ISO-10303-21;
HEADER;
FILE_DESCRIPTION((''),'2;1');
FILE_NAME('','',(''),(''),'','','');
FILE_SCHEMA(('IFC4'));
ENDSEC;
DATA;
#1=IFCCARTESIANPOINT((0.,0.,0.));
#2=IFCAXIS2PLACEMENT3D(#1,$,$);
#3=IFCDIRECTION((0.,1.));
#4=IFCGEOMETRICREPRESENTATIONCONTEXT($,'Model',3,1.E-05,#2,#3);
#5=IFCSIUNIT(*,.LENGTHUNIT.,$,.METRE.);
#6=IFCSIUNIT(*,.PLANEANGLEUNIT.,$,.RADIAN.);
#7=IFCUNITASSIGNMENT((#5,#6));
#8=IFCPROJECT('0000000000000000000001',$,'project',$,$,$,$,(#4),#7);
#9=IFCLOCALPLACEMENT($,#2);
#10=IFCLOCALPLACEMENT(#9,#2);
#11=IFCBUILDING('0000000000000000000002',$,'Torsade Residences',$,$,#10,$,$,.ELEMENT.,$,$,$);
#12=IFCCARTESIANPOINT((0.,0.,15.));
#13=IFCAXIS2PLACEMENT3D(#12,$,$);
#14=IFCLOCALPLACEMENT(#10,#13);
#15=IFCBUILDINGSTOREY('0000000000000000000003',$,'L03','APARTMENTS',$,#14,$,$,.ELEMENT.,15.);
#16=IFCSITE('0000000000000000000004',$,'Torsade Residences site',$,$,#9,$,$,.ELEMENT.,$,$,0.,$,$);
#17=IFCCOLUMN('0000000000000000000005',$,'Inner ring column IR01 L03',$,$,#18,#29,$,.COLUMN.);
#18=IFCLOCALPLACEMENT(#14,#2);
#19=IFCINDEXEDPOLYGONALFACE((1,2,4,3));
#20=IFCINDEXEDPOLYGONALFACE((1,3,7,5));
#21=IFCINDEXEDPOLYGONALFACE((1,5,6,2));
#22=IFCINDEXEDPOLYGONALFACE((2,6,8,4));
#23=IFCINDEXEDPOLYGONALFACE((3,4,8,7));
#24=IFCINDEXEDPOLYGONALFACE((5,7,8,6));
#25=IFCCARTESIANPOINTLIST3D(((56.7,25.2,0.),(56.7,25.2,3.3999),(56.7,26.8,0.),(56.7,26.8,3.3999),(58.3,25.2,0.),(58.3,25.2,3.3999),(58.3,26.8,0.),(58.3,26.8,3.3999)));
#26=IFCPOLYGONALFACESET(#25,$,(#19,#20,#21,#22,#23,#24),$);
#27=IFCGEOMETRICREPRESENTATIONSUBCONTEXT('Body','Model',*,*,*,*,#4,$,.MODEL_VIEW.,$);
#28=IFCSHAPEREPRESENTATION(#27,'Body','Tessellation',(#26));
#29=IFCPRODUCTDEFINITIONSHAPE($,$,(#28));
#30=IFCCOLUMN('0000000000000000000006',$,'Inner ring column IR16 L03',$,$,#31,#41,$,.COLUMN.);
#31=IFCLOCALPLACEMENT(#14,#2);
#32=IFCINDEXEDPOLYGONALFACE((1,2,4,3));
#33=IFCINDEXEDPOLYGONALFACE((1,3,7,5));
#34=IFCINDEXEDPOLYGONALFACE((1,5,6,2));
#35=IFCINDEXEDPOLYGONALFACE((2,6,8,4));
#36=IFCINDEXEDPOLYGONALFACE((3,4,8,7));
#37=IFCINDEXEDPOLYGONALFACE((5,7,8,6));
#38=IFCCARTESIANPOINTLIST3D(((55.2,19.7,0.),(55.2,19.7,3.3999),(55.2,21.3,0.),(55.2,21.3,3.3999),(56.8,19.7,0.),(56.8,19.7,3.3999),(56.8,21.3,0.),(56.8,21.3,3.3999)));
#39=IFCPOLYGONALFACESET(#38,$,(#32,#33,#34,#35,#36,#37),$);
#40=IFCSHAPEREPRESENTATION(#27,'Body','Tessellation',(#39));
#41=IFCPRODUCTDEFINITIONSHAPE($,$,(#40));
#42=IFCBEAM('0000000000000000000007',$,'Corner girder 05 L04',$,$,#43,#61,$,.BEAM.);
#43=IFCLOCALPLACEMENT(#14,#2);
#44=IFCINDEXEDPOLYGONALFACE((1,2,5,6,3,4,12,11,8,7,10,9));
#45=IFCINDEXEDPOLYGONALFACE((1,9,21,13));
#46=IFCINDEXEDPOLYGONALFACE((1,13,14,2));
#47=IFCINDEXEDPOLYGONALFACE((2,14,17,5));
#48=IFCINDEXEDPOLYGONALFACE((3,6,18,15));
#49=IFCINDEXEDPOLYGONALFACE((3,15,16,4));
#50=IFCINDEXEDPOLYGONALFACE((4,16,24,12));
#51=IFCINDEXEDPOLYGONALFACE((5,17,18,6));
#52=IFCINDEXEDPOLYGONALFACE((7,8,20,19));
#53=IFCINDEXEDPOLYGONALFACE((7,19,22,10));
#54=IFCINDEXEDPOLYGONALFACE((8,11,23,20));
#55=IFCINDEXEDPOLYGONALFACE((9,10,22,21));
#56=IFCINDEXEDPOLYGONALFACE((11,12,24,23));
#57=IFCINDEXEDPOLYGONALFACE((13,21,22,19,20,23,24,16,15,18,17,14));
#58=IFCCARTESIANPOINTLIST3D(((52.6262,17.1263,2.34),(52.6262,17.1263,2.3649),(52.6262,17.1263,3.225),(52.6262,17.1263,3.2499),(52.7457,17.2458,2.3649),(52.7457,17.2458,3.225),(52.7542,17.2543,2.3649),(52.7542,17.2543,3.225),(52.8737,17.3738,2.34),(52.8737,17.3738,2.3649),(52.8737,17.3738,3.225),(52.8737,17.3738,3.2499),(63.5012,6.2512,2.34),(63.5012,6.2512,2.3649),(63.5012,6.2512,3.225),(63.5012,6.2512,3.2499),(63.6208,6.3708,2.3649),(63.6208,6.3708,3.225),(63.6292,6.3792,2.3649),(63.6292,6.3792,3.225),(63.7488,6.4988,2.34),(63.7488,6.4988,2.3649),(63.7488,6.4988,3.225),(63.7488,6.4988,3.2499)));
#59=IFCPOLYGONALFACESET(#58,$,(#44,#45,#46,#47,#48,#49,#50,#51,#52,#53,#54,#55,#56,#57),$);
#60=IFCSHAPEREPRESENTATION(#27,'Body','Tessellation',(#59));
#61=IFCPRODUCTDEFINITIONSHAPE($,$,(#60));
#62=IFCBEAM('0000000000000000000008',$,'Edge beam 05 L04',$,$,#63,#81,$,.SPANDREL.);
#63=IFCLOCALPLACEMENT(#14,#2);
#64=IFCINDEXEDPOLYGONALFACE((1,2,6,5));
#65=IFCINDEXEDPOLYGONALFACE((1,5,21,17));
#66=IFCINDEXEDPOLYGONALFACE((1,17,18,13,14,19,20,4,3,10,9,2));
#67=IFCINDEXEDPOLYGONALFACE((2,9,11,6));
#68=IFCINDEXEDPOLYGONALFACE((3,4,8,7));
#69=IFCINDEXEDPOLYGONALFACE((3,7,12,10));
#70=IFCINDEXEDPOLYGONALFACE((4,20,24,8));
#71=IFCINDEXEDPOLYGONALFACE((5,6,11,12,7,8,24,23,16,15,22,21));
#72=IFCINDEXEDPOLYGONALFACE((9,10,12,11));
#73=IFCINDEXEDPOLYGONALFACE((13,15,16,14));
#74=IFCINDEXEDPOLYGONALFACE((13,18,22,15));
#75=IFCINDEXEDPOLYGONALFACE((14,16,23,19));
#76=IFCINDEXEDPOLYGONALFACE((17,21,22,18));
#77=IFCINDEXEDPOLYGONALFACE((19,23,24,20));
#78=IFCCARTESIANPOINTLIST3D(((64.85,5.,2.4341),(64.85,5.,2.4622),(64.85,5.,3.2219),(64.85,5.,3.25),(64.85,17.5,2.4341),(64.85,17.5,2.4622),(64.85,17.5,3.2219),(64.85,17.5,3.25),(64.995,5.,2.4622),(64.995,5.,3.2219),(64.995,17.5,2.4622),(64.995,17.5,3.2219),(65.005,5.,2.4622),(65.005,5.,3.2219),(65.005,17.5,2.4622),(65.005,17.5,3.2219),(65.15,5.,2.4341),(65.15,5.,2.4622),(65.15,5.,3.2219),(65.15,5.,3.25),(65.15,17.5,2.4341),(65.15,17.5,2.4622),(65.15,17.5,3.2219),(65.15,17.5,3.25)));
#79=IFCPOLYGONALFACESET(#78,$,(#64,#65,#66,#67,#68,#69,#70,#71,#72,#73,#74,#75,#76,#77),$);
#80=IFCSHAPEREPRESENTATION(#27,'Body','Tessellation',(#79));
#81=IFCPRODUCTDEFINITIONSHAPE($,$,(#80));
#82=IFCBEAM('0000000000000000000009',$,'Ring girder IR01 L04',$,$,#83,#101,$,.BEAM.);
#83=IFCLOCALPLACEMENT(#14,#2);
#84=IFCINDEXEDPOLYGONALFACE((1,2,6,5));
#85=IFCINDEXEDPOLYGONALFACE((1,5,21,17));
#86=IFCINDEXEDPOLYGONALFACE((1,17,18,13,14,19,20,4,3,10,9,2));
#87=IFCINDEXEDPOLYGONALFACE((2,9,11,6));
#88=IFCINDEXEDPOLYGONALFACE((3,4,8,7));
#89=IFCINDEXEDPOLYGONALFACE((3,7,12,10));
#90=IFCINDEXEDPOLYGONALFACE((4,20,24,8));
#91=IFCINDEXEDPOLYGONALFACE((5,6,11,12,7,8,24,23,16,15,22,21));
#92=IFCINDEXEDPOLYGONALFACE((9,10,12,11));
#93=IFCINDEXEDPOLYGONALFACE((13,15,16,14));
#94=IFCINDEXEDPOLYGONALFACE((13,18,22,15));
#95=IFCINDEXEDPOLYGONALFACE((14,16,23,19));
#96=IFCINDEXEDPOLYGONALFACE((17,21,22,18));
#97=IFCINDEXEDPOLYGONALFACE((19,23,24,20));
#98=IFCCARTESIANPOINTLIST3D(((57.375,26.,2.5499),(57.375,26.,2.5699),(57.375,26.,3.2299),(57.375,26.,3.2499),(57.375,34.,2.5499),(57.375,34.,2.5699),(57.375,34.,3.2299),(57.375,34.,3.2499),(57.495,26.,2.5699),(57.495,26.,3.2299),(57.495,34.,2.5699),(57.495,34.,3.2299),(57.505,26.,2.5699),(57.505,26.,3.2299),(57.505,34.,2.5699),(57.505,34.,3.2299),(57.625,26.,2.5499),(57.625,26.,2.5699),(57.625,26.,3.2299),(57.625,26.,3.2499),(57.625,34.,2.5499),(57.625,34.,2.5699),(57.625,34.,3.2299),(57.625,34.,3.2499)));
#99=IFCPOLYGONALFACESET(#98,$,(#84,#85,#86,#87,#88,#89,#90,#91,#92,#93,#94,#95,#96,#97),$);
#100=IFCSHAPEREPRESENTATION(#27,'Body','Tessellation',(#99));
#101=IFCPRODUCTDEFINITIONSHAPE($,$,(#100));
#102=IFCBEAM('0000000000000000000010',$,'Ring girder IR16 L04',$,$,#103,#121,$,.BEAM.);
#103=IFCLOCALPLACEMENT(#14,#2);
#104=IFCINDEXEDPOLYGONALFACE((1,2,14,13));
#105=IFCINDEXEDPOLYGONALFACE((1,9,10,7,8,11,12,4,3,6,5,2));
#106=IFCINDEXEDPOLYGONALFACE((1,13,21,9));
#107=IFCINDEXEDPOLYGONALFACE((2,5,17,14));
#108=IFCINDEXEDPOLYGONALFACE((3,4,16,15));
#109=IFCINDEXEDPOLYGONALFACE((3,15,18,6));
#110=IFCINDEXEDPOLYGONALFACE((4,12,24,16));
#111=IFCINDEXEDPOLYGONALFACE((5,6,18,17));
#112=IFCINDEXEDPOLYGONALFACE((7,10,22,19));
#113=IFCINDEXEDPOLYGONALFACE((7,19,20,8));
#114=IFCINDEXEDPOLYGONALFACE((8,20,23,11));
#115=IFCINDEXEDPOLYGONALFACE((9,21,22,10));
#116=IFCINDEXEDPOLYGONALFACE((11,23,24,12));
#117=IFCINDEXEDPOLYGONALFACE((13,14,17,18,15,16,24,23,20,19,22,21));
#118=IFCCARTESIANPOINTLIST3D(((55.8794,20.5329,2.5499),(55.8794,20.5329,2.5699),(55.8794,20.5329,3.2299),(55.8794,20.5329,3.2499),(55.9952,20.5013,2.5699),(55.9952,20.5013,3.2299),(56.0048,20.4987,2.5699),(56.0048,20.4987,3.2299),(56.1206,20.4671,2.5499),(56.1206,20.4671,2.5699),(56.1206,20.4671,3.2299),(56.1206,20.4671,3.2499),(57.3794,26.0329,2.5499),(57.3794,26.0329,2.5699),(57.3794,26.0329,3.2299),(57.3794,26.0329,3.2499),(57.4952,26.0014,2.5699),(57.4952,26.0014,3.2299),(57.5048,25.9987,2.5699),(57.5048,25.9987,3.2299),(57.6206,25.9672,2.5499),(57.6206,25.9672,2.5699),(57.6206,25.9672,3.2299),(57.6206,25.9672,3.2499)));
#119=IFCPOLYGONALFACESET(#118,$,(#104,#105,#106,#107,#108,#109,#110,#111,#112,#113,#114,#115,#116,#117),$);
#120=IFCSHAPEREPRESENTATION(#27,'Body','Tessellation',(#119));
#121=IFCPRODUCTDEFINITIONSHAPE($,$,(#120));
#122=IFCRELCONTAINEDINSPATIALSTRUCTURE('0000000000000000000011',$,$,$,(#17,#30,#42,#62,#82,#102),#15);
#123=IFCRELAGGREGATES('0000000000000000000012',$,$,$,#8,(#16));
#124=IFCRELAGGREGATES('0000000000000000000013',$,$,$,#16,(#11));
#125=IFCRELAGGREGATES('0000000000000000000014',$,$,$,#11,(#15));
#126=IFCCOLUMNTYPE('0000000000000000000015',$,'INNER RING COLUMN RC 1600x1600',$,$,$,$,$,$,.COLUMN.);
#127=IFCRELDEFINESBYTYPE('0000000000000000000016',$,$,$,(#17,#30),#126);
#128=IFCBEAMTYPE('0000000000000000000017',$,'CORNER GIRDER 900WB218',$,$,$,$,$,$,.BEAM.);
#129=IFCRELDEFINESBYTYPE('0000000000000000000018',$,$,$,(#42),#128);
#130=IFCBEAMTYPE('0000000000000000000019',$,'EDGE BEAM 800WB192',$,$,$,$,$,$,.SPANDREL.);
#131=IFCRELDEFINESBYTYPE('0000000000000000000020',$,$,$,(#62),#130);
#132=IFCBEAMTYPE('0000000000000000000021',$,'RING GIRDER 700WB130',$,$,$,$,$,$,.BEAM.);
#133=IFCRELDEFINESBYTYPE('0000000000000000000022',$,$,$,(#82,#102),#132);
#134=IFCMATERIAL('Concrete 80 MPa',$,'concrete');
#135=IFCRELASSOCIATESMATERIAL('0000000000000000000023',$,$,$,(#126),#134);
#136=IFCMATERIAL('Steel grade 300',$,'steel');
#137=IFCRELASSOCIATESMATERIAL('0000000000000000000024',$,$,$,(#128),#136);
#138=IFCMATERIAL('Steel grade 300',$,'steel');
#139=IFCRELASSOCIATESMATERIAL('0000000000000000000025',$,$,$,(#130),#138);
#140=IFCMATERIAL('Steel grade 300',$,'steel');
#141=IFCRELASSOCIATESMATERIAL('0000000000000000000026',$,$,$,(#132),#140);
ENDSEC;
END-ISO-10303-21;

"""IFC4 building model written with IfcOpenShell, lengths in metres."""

from ifc_helpers import new_model, si_unit, direction, frame, origin, origin_2d, place, context, subcontext, project, spatial, rectangle, i_section, extrude, material, material_profile, profile_set, type_object, element, save


model = new_model("IFC4")

# Units and contexts
model_context = context("Model", 3, precision=1e-05, world=origin(), true_north=direction((0.0, 1.0)))
body_context = subcontext(model_context, "Body", "Model", "MODEL_VIEW")
ifc_project = project(units=[si_unit("LENGTHUNIT", "METRE"), si_unit("PLANEANGLEUNIT", "RADIAN")], contexts=[model_context])

# Site, building, storey
site_placement = place(None, origin())
site = spatial("IfcSite", under=ifc_project, at=site_placement, Name="Torsade Residences site", CompositionType="ELEMENT", RefElevation=0.0)
building_placement = place(site_placement, origin())
building = spatial("IfcBuilding", under=site, at=building_placement, Name="Torsade Residences", CompositionType="ELEMENT")
storey_placement = place(building_placement, frame((0.0, 0.0, 15.0)))
storey = spatial("IfcBuildingStorey", under=building, at=storey_placement, Name="L03", Description="APARTMENTS", CompositionType="ELEMENT", Elevation=15.0)

# Columns
ifc_material_1 = material(Name="Concrete 80 MPa", Category="concrete")
ifc_material_profile_1 = material_profile(ifc_material_1, rectangle(XDim=1.6001, YDim=1.6001, at=origin_2d()), Name="RC 1600x1600")
ifc_profile_set_1 = profile_set([ifc_material_profile_1], Name="Concrete 80 MPa")
column_type = type_object("IfcColumnType", Name="INNER RING COLUMN RC 1600x1600", PredefinedType="COLUMN", material=ifc_profile_set_1)
for number, where, z_axis, x_axis, name in (
    (1, (57.5, 26.0, 0.0), (0.0, 0.0, 1.0), (1.0, 0.0, 0.0), "Inner ring column IR01 L03"),
    (2, (56.0, 20.5, 0.0), (0.0, 0.0, 1.0), (1.0, 0.0, 0.0), "Inner ring column IR16 L03"),
):
    element("IfcColumn", number, at=place(storey_placement, frame(where, z_axis=z_axis, x_axis=x_axis)), inside=storey, type_object=column_type, Name=name, PredefinedType="COLUMN", context=body_context, shape_type="SweptSolid", body=[
        extrude(rectangle(XDim=1.6001, YDim=1.6001, at=origin_2d()), origin(), (0.0, 0.0, 1.0), 3.3999),
    ])

# Beams
ifc_material_2 = material(Name="Steel grade 300", Category="steel")
ifc_material_profile_2 = material_profile(ifc_material_2, i_section(OverallWidth=0.3501, OverallDepth=0.9099, WebThickness=0.012, FlangeThickness=0.0249, at=origin_2d()), Name="900WB218")
ifc_profile_set_2 = profile_set([ifc_material_profile_2], Name="Steel grade 300")
beam_type_1 = type_object("IfcBeamType", Name="CORNER GIRDER 900WB218", PredefinedType="BEAM", material=ifc_profile_set_2)
beam_1_placement = place(storey_placement, frame((63.625, 6.375, 2.7949), z_axis=(-0.707107, 0.707107, 0.0), x_axis=(-0.707107, -0.707107, 0.0)))
element("IfcBeam", 3, at=beam_1_placement, inside=storey, type_object=beam_type_1, Name="Corner girder 05 L04", PredefinedType="BEAM", context=body_context, shape_type="SweptSolid", body=[
    extrude(i_section(OverallWidth=0.3501, OverallDepth=0.9099, WebThickness=0.012, FlangeThickness=0.0249, at=origin_2d()), origin(), (0.0, 0.0, 1.0), 15.3796),
])
ifc_material_3 = material(Name="Steel grade 300", Category="steel")
ifc_material_profile_3 = material_profile(ifc_material_3, i_section(OverallWidth=0.3, OverallDepth=0.8159, WebThickness=0.01, FlangeThickness=0.0281, at=origin_2d()), Name="800WB192")
ifc_profile_set_3 = profile_set([ifc_material_profile_3], Name="Steel grade 300")
beam_type_2 = type_object("IfcBeamType", Name="EDGE BEAM 800WB192", PredefinedType="SPANDREL", material=ifc_profile_set_3)
beam_2_placement = place(storey_placement, frame((65.0, 5.0, 2.842), z_axis=(0.0, 1.0, 0.0), x_axis=(-1.0, 0.0, 0.0)))
element("IfcBeam", 4, at=beam_2_placement, inside=storey, type_object=beam_type_2, Name="Edge beam 05 L04", PredefinedType="SPANDREL", context=body_context, shape_type="SweptSolid", body=[
    extrude(i_section(OverallWidth=0.3, OverallDepth=0.8159, WebThickness=0.01, FlangeThickness=0.0281, at=origin_2d()), origin(), (0.0, 0.0, 1.0), 12.5),
])
ifc_material_4 = material(Name="Steel grade 300", Category="steel")
ifc_material_profile_4 = material_profile(ifc_material_4, i_section(OverallWidth=0.25, OverallDepth=0.7, WebThickness=0.01, FlangeThickness=0.02, at=origin_2d()), Name="700WB130")
ifc_profile_set_4 = profile_set([ifc_material_profile_4], Name="Steel grade 300")
beam_type_3 = type_object("IfcBeamType", Name="RING GIRDER 700WB130", PredefinedType="BEAM", material=ifc_profile_set_4)
beam_3_placement = place(storey_placement, frame((57.5, 26.0, 2.8999), z_axis=(0.0, 1.0, 0.0), x_axis=(-1.0, 0.0, 0.0)))
element("IfcBeam", 5, at=beam_3_placement, inside=storey, type_object=beam_type_3, Name="Ring girder IR01 L04", PredefinedType="BEAM", context=body_context, shape_type="SweptSolid", body=[
    extrude(i_section(OverallWidth=0.25, OverallDepth=0.7, WebThickness=0.01, FlangeThickness=0.02, at=origin_2d()), origin(), (0.0, 0.0, 1.0), 8.0),
])
beam_4_placement = place(storey_placement, frame((56.0, 20.5, 2.8999), z_axis=(0.263117, 0.964764, 0.0), x_axis=(-0.964764, 0.263117, 0.0)))
element("IfcBeam", 6, at=beam_4_placement, inside=storey, type_object=beam_type_3, Name="Ring girder IR16 L04", PredefinedType="BEAM", context=body_context, shape_type="SweptSolid", body=[
    extrude(i_section(OverallWidth=0.25, OverallDepth=0.7, WebThickness=0.01, FlangeThickness=0.02, at=origin_2d()), origin(), (0.0, 0.0, 1.0), 5.7009),
])

save(model, "model.ifc")
